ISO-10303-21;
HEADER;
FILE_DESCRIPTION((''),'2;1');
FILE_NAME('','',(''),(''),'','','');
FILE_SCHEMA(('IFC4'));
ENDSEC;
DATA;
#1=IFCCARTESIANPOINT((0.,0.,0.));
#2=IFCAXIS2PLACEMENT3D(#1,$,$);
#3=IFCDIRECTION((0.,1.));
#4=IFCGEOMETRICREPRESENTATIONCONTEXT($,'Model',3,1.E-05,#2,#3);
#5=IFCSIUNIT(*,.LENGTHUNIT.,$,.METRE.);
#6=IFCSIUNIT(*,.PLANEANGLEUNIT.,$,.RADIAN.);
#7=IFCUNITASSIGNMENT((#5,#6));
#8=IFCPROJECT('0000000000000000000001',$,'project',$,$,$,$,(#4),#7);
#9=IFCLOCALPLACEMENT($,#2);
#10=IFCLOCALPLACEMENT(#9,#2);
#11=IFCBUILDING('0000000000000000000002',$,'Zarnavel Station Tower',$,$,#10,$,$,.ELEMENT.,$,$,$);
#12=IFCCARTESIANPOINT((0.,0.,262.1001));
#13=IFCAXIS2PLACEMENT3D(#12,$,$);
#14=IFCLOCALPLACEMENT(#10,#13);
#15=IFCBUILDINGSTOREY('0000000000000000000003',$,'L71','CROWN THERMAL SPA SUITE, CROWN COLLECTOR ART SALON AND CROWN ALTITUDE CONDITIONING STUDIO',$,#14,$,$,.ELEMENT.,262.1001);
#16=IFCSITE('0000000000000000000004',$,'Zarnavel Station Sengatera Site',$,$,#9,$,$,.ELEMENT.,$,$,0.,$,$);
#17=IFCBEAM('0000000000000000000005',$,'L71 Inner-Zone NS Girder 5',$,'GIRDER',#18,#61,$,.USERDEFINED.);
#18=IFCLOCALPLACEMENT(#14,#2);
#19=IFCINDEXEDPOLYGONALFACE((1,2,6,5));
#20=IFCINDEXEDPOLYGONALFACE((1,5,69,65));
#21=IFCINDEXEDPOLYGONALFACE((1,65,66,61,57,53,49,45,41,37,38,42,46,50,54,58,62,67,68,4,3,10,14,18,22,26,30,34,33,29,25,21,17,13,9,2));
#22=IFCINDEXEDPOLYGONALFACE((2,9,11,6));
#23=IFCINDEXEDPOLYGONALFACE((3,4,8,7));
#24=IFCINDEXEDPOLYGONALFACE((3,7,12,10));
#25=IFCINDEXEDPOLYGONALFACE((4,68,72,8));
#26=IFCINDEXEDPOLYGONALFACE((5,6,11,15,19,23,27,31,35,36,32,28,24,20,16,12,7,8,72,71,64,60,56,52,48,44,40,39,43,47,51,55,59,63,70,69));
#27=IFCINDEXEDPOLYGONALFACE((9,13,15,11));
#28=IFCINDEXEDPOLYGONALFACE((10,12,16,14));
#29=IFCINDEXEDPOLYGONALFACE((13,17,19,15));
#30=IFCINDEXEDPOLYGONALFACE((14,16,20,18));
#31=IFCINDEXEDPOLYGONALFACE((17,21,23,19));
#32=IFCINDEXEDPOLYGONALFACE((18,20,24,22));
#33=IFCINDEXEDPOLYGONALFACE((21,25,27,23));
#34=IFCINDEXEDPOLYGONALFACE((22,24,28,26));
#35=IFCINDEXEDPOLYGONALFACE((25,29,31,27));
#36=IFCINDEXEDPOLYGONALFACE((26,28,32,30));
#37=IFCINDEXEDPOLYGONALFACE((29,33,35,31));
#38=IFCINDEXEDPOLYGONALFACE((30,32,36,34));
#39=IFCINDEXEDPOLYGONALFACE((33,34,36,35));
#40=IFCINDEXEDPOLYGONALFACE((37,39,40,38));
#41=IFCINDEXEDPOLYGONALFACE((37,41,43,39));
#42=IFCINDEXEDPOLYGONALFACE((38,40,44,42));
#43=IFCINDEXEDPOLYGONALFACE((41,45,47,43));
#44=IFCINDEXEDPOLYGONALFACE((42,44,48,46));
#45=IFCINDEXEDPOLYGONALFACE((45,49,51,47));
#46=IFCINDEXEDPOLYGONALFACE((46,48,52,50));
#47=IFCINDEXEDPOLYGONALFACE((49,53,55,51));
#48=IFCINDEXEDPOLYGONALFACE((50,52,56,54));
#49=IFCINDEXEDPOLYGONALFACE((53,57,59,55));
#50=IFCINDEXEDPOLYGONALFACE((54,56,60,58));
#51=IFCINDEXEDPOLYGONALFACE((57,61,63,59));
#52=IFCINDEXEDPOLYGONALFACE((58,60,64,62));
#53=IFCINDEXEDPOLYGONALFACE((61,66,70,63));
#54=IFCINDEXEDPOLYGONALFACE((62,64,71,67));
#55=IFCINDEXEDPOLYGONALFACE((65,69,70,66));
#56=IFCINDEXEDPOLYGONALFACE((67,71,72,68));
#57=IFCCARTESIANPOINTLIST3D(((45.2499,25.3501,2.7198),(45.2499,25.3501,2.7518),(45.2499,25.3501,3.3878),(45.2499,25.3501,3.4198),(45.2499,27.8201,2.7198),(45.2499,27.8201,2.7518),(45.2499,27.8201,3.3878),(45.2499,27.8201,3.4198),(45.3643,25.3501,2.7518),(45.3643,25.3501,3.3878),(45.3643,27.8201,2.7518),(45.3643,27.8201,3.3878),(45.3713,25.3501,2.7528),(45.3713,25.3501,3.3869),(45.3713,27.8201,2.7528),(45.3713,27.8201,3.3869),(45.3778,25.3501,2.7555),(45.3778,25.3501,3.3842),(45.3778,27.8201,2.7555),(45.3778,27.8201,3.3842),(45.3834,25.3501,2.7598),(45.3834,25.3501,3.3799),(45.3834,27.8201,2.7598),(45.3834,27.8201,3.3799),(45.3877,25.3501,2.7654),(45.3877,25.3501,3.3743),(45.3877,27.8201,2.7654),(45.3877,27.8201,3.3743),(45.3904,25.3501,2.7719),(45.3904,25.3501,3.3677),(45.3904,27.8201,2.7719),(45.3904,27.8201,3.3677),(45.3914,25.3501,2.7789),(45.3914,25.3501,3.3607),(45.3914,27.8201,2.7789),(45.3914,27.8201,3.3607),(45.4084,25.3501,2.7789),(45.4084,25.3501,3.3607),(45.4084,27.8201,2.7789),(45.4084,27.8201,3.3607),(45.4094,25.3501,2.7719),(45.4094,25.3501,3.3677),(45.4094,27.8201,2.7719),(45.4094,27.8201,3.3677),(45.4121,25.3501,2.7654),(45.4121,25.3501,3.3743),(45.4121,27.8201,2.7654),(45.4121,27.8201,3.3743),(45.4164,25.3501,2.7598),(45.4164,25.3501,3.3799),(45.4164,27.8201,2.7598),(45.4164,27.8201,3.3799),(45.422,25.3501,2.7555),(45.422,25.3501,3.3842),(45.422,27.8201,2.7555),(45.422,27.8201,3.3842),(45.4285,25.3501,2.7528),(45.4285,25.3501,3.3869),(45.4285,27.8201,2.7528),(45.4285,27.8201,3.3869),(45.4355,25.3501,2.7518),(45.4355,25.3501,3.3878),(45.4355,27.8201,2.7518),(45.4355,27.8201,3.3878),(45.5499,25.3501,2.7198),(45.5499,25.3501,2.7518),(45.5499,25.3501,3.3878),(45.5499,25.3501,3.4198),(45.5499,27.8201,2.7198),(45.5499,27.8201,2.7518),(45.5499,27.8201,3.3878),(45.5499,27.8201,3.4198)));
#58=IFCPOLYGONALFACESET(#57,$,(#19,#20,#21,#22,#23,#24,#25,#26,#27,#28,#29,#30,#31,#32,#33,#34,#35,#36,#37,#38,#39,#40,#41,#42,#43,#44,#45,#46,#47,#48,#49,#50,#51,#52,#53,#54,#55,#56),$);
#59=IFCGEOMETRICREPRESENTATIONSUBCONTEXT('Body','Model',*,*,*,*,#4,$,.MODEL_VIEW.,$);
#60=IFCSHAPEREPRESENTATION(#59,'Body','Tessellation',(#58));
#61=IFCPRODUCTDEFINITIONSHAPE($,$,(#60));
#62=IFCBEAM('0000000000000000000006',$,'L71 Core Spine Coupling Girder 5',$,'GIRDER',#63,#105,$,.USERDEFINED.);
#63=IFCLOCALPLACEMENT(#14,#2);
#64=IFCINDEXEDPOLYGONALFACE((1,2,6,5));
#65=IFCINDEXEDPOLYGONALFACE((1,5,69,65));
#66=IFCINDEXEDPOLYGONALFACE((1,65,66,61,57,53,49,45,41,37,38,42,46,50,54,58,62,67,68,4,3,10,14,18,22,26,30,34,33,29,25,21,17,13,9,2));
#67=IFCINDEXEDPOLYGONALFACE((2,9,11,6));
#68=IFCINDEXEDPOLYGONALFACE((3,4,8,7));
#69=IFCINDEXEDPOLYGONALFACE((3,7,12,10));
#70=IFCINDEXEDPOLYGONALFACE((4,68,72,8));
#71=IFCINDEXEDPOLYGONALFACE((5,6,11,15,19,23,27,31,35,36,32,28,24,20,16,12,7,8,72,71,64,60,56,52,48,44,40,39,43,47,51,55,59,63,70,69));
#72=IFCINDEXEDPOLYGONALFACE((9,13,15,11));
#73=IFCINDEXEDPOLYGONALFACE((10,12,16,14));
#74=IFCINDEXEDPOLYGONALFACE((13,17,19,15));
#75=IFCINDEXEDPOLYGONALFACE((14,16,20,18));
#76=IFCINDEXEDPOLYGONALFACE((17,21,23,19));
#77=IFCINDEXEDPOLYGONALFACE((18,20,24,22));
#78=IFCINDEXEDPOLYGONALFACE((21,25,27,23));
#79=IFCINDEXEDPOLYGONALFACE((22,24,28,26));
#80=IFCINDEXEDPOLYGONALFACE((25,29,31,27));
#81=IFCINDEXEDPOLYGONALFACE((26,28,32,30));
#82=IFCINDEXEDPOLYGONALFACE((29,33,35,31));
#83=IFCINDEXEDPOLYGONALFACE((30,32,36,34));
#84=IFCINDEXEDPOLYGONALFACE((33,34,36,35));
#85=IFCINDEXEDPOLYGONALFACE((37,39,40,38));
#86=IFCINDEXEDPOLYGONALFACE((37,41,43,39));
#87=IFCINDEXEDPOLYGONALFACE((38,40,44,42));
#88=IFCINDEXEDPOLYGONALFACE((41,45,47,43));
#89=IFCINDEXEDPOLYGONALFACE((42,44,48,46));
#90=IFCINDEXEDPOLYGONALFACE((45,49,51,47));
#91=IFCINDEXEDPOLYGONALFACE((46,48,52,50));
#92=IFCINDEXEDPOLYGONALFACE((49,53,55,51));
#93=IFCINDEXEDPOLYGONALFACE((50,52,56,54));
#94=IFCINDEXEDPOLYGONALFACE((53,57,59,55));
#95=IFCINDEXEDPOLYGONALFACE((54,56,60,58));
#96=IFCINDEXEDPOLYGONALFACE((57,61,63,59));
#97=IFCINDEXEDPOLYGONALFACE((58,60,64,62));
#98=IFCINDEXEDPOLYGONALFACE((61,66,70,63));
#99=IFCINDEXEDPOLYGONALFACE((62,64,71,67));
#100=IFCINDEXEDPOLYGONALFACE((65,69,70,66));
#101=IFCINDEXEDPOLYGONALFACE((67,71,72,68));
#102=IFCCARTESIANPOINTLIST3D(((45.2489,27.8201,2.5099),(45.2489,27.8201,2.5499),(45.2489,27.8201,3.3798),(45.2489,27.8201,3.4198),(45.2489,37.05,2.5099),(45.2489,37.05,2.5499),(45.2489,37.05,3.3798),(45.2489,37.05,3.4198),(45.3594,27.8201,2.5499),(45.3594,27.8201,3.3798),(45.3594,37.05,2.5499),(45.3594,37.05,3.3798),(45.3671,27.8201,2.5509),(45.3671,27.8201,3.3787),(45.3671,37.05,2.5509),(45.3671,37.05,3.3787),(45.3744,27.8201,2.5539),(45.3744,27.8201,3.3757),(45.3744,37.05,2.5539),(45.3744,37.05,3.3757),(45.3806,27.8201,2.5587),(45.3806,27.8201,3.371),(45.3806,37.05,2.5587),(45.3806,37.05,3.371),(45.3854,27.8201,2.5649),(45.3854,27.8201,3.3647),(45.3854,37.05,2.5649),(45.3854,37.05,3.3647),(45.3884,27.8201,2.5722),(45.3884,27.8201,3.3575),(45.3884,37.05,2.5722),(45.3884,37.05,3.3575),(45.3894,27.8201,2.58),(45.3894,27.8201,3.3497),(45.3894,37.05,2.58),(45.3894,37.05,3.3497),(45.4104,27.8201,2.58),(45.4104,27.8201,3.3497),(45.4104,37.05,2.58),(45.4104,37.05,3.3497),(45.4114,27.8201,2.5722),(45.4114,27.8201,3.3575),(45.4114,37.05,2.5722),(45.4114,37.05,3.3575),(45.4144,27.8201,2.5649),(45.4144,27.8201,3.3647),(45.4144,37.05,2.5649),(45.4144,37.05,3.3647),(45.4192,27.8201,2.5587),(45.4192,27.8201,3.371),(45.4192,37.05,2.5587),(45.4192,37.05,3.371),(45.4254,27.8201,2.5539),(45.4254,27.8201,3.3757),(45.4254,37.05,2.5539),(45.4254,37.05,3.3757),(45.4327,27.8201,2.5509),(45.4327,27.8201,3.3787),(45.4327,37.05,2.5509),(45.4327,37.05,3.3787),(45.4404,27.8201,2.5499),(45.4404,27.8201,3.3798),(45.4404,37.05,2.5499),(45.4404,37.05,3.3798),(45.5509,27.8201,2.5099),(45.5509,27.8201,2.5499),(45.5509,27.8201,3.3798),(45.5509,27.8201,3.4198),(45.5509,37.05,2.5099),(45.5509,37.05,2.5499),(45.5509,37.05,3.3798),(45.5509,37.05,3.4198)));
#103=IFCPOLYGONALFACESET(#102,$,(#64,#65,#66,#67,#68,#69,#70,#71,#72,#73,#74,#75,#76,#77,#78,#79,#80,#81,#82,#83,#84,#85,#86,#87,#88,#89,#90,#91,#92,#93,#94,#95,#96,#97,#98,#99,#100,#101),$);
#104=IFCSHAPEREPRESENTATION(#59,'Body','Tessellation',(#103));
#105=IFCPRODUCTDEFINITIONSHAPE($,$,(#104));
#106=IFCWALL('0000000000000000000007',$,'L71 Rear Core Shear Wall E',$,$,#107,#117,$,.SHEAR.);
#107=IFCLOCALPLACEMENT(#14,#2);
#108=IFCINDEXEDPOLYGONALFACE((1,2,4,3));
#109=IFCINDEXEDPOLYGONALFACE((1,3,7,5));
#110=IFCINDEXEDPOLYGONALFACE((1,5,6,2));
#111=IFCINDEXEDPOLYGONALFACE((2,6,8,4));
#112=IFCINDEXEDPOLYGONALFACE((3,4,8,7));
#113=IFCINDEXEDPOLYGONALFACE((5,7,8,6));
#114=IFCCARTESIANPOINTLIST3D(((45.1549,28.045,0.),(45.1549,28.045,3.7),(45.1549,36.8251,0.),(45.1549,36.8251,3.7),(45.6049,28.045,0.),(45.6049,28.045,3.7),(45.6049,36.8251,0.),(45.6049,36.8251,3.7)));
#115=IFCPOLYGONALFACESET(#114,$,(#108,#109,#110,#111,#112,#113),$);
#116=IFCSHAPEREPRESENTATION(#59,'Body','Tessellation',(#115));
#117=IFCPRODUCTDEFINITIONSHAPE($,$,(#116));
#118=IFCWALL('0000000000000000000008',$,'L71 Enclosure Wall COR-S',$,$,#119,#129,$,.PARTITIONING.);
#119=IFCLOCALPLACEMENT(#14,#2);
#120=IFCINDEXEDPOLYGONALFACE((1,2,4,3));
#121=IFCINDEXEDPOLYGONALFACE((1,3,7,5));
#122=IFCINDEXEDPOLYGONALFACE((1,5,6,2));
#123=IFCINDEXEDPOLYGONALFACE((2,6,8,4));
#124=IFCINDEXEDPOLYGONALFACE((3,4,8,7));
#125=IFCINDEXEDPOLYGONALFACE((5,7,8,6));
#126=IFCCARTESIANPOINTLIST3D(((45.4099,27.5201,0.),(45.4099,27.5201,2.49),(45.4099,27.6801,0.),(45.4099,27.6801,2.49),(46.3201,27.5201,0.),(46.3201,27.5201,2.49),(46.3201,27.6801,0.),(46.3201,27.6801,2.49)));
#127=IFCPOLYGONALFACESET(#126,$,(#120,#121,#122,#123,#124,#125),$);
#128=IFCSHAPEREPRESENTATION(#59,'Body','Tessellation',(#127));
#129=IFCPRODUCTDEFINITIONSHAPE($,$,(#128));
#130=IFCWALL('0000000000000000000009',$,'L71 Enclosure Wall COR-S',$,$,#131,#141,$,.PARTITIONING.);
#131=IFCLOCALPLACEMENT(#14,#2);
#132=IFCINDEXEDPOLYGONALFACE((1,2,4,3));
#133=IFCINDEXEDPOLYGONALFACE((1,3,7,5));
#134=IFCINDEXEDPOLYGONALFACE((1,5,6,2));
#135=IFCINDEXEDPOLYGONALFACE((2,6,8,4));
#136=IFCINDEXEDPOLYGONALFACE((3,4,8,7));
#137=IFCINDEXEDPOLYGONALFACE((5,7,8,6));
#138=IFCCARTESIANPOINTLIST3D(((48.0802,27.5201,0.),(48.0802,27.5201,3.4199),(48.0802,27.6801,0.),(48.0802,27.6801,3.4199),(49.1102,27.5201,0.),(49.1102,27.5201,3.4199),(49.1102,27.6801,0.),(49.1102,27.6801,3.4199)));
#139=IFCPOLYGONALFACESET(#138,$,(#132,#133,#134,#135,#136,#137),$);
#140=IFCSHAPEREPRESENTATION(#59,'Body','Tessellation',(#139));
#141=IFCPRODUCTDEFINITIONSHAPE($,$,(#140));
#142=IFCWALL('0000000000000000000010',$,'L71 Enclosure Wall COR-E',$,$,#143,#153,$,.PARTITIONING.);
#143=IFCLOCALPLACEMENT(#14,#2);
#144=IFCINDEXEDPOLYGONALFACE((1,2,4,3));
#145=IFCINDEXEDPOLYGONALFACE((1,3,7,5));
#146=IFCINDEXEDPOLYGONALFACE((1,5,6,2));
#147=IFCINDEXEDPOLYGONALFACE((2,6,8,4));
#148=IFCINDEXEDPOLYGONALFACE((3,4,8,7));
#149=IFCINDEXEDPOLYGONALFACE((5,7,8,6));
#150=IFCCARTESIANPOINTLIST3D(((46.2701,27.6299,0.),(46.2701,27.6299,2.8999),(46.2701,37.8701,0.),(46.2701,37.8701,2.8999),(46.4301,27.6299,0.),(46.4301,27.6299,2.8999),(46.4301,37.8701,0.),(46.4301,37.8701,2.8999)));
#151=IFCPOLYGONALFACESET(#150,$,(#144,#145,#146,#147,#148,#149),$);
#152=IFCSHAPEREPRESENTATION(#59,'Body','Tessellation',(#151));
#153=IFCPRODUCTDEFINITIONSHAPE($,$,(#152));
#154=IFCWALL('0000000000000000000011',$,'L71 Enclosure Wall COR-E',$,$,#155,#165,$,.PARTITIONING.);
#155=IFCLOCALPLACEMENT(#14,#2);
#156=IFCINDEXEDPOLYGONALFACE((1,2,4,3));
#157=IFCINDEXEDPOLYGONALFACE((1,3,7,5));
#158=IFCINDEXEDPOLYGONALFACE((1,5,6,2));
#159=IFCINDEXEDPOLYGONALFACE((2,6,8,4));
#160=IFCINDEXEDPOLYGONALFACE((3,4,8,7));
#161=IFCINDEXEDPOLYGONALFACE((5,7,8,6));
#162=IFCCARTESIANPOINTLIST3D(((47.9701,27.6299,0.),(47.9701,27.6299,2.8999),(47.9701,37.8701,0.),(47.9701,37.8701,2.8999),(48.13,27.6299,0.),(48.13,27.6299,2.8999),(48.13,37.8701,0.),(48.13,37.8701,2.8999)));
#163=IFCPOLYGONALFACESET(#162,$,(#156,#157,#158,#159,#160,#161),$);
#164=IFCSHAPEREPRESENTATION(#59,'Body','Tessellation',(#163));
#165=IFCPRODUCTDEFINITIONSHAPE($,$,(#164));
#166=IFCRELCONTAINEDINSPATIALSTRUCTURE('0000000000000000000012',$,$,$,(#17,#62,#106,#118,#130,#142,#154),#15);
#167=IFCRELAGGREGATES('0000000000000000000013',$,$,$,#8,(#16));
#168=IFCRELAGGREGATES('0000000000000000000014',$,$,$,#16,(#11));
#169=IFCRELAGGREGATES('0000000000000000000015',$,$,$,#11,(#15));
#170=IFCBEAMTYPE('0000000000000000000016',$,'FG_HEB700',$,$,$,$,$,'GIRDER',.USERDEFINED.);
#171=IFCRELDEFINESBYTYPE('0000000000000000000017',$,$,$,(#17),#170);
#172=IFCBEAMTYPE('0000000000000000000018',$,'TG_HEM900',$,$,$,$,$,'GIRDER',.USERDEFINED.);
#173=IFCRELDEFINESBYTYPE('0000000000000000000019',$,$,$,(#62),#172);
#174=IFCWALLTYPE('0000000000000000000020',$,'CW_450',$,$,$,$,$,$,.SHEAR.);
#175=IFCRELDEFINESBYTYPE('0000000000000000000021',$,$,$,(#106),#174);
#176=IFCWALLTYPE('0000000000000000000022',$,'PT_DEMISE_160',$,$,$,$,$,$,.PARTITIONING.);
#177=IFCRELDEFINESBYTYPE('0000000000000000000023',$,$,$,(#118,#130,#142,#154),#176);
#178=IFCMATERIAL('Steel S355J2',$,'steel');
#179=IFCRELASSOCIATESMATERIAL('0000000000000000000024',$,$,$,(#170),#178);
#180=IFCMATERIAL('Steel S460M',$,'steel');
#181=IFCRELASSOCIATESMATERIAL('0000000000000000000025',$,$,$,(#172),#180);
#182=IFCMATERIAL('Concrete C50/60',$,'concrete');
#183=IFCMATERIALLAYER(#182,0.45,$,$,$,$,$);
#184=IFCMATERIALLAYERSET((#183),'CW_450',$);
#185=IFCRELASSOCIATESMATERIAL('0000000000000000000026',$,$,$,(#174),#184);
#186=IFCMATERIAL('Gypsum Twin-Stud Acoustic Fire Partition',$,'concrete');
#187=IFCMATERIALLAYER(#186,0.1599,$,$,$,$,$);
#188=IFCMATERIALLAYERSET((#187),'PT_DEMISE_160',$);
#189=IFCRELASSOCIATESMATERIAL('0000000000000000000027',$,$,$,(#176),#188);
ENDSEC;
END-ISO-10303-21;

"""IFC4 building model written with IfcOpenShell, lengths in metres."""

from ifc_helpers import new_model, si_unit, direction, frame, frame_2d, origin, origin_2d, place, context, subcontext, project, spatial, rectangle, i_section, extrude, material, layer, layer_set, material_profile, profile_set, type_object, element, save


model = new_model("IFC4")

# Units and contexts
model_context = context("Model", 3, precision=1e-05, world=origin(), true_north=direction((0.0, 1.0)))
body_context = subcontext(model_context, "Body", "Model", "MODEL_VIEW")
ifc_project = project(units=[si_unit("LENGTHUNIT", "METRE"), si_unit("PLANEANGLEUNIT", "RADIAN")], contexts=[model_context])

# Site, building, storey
site_placement = place(None, origin())
site = spatial("IfcSite", under=ifc_project, at=site_placement, Name="Zarnavel Station Sengatera Site", CompositionType="ELEMENT", RefElevation=0.0)
building_placement = place(site_placement, origin())
building = spatial("IfcBuilding", under=site, at=building_placement, Name="Zarnavel Station Tower", CompositionType="ELEMENT")
storey_placement = place(building_placement, frame((0.0, 0.0, 262.1001)))
storey = spatial("IfcBuildingStorey", under=building, at=storey_placement, Name="L71", Description="CROWN THERMAL SPA SUITE, CROWN COLLECTOR ART SALON AND CROWN ALTITUDE CONDITIONING STUDIO", CompositionType="ELEMENT", Elevation=262.1001)

# Beams
ifc_material_1 = material(Name="Steel S355J2", Category="steel")
ifc_material_profile_1 = material_profile(ifc_material_1, i_section(OverallWidth=0.3, OverallDepth=0.7, WebThickness=0.0171, FlangeThickness=0.032, FilletRadius=0.0271, at=origin_2d()), Name="HEB700")
ifc_profile_set_1 = profile_set([ifc_material_profile_1], Name="Steel S355J2")
beam_type_1 = type_object("IfcBeamType", Name="FG_HEB700", ElementType="GIRDER", PredefinedType="USERDEFINED", material=ifc_profile_set_1)
beam_1_placement = place(storey_placement, frame((45.3999, 25.3501, 3.0698), z_axis=(0.0, 1.0, 0.0), x_axis=(-1.0, 0.0, 0.0)))
element("IfcBeam", 1, at=beam_1_placement, inside=storey, type_object=beam_type_1, Name="L71 Inner-Zone NS Girder 5", ObjectType="GIRDER", PredefinedType="USERDEFINED", context=body_context, shape_type="SweptSolid", body=[
    extrude(i_section(OverallWidth=0.3, OverallDepth=0.7, WebThickness=0.0171, FlangeThickness=0.032, FilletRadius=0.0271, at=origin_2d()), origin(), (0.0, 0.0, 1.0), 2.47),
])
ifc_material_2 = material(Name="Steel S460M", Category="steel")
ifc_material_profile_2 = material_profile(ifc_material_2, i_section(OverallWidth=0.302, OverallDepth=0.9099, WebThickness=0.021, FlangeThickness=0.04, FilletRadius=0.03, at=origin_2d()), Name="HEM900")
ifc_profile_set_2 = profile_set([ifc_material_profile_2], Name="Steel S460M")
beam_type_2 = type_object("IfcBeamType", Name="TG_HEM900", ElementType="GIRDER", PredefinedType="USERDEFINED", material=ifc_profile_set_2)
beam_2_placement = place(storey_placement, frame((45.3999, 27.8201, 2.9648), z_axis=(0.0, 1.0, 0.0), x_axis=(-1.0, 0.0, 0.0)))
element("IfcBeam", 2, at=beam_2_placement, inside=storey, type_object=beam_type_2, Name="L71 Core Spine Coupling Girder 5", ObjectType="GIRDER", PredefinedType="USERDEFINED", context=body_context, shape_type="SweptSolid", body=[
    extrude(i_section(OverallWidth=0.302, OverallDepth=0.9099, WebThickness=0.021, FlangeThickness=0.04, FilletRadius=0.03, at=origin_2d()), origin(), (0.0, 0.0, 1.0), 9.23),
])

# Shared definitions
ifc_material_3 = material(Name="Concrete C50/60", Category="concrete")
ifc_layer_1 = layer(ifc_material_3, 0.45)
ifc_layer_set_1 = layer_set([ifc_layer_1], Name="CW_450")
wall_type_1 = type_object("IfcWallType", Name="CW_450", PredefinedType="SHEAR", material=ifc_layer_set_1)

# Walls
wall_1_placement = place(storey_placement, frame((45.3799, 28.0449, 0.0), z_axis=(0.0, 0.0, 1.0), x_axis=(0.0, 1.0, 0.0)))
element("IfcWall", 3, at=wall_1_placement, inside=storey, type_object=wall_type_1, Name="L71 Rear Core Shear Wall E", PredefinedType="SHEAR", context=body_context, shape_type="SweptSolid", body=[
    extrude(rectangle(XDim=8.78, YDim=0.45, at=frame_2d((4.3901, 0.0))), origin(), (0.0, 0.0, 1.0), 3.7),
])
ifc_material_4 = material(Name="Gypsum Twin-Stud Acoustic Fire Partition", Category="concrete")
ifc_layer_2 = layer(ifc_material_4, 0.1599)
ifc_layer_set_2 = layer_set([ifc_layer_2], Name="PT_DEMISE_160")
wall_type_2 = type_object("IfcWallType", Name="PT_DEMISE_160", PredefinedType="PARTITIONING", material=ifc_layer_set_2)
wall_2_placement = place(storey_placement, frame((45.4099, 27.6001, 0.0), z_axis=(0.0, 0.0, 1.0), x_axis=(1.0, 0.0, 0.0)))
element("IfcWall", 4, at=wall_2_placement, inside=storey, type_object=wall_type_2, Name="L71 Enclosure Wall COR-S", PredefinedType="PARTITIONING", context=body_context, shape_type="SweptSolid", body=[
    extrude(rectangle(XDim=0.9102, YDim=0.1599, at=frame_2d((0.4551, 0.0))), origin(), (0.0, 0.0, 1.0), 2.49),
])
wall_3_placement = place(storey_placement, frame((48.0801, 27.6001, 0.0), z_axis=(0.0, 0.0, 1.0), x_axis=(1.0, 0.0, 0.0)))
element("IfcWall", 5, at=wall_3_placement, inside=storey, type_object=wall_type_2, Name="L71 Enclosure Wall COR-S", PredefinedType="PARTITIONING", context=body_context, shape_type="SweptSolid", body=[
    extrude(rectangle(XDim=1.03, YDim=0.1599, at=frame_2d((0.5151, 0.0))), origin(), (0.0, 0.0, 1.0), 3.4199),
])
for number, where, z_axis, x_axis, name in (
    (6, (46.3501, 27.6299, 0.0), (0.0, 0.0, 1.0), (0.0, 1.0, 0.0), "L71 Enclosure Wall COR-E"),
    (7, (48.05, 27.6299, 0.0), (0.0, 0.0, 1.0), (0.0, 1.0, 0.0), "L71 Enclosure Wall COR-E"),
):
    element("IfcWall", number, at=place(storey_placement, frame(where, z_axis=z_axis, x_axis=x_axis)), inside=storey, type_object=wall_type_2, Name=name, PredefinedType="PARTITIONING", context=body_context, shape_type="SweptSolid", body=[
        extrude(rectangle(XDim=10.2402, YDim=0.1599, at=frame_2d((5.1201, 0.0))), origin(), (0.0, 0.0, 1.0), 2.8999),
    ])

save(model, "model.ifc")
